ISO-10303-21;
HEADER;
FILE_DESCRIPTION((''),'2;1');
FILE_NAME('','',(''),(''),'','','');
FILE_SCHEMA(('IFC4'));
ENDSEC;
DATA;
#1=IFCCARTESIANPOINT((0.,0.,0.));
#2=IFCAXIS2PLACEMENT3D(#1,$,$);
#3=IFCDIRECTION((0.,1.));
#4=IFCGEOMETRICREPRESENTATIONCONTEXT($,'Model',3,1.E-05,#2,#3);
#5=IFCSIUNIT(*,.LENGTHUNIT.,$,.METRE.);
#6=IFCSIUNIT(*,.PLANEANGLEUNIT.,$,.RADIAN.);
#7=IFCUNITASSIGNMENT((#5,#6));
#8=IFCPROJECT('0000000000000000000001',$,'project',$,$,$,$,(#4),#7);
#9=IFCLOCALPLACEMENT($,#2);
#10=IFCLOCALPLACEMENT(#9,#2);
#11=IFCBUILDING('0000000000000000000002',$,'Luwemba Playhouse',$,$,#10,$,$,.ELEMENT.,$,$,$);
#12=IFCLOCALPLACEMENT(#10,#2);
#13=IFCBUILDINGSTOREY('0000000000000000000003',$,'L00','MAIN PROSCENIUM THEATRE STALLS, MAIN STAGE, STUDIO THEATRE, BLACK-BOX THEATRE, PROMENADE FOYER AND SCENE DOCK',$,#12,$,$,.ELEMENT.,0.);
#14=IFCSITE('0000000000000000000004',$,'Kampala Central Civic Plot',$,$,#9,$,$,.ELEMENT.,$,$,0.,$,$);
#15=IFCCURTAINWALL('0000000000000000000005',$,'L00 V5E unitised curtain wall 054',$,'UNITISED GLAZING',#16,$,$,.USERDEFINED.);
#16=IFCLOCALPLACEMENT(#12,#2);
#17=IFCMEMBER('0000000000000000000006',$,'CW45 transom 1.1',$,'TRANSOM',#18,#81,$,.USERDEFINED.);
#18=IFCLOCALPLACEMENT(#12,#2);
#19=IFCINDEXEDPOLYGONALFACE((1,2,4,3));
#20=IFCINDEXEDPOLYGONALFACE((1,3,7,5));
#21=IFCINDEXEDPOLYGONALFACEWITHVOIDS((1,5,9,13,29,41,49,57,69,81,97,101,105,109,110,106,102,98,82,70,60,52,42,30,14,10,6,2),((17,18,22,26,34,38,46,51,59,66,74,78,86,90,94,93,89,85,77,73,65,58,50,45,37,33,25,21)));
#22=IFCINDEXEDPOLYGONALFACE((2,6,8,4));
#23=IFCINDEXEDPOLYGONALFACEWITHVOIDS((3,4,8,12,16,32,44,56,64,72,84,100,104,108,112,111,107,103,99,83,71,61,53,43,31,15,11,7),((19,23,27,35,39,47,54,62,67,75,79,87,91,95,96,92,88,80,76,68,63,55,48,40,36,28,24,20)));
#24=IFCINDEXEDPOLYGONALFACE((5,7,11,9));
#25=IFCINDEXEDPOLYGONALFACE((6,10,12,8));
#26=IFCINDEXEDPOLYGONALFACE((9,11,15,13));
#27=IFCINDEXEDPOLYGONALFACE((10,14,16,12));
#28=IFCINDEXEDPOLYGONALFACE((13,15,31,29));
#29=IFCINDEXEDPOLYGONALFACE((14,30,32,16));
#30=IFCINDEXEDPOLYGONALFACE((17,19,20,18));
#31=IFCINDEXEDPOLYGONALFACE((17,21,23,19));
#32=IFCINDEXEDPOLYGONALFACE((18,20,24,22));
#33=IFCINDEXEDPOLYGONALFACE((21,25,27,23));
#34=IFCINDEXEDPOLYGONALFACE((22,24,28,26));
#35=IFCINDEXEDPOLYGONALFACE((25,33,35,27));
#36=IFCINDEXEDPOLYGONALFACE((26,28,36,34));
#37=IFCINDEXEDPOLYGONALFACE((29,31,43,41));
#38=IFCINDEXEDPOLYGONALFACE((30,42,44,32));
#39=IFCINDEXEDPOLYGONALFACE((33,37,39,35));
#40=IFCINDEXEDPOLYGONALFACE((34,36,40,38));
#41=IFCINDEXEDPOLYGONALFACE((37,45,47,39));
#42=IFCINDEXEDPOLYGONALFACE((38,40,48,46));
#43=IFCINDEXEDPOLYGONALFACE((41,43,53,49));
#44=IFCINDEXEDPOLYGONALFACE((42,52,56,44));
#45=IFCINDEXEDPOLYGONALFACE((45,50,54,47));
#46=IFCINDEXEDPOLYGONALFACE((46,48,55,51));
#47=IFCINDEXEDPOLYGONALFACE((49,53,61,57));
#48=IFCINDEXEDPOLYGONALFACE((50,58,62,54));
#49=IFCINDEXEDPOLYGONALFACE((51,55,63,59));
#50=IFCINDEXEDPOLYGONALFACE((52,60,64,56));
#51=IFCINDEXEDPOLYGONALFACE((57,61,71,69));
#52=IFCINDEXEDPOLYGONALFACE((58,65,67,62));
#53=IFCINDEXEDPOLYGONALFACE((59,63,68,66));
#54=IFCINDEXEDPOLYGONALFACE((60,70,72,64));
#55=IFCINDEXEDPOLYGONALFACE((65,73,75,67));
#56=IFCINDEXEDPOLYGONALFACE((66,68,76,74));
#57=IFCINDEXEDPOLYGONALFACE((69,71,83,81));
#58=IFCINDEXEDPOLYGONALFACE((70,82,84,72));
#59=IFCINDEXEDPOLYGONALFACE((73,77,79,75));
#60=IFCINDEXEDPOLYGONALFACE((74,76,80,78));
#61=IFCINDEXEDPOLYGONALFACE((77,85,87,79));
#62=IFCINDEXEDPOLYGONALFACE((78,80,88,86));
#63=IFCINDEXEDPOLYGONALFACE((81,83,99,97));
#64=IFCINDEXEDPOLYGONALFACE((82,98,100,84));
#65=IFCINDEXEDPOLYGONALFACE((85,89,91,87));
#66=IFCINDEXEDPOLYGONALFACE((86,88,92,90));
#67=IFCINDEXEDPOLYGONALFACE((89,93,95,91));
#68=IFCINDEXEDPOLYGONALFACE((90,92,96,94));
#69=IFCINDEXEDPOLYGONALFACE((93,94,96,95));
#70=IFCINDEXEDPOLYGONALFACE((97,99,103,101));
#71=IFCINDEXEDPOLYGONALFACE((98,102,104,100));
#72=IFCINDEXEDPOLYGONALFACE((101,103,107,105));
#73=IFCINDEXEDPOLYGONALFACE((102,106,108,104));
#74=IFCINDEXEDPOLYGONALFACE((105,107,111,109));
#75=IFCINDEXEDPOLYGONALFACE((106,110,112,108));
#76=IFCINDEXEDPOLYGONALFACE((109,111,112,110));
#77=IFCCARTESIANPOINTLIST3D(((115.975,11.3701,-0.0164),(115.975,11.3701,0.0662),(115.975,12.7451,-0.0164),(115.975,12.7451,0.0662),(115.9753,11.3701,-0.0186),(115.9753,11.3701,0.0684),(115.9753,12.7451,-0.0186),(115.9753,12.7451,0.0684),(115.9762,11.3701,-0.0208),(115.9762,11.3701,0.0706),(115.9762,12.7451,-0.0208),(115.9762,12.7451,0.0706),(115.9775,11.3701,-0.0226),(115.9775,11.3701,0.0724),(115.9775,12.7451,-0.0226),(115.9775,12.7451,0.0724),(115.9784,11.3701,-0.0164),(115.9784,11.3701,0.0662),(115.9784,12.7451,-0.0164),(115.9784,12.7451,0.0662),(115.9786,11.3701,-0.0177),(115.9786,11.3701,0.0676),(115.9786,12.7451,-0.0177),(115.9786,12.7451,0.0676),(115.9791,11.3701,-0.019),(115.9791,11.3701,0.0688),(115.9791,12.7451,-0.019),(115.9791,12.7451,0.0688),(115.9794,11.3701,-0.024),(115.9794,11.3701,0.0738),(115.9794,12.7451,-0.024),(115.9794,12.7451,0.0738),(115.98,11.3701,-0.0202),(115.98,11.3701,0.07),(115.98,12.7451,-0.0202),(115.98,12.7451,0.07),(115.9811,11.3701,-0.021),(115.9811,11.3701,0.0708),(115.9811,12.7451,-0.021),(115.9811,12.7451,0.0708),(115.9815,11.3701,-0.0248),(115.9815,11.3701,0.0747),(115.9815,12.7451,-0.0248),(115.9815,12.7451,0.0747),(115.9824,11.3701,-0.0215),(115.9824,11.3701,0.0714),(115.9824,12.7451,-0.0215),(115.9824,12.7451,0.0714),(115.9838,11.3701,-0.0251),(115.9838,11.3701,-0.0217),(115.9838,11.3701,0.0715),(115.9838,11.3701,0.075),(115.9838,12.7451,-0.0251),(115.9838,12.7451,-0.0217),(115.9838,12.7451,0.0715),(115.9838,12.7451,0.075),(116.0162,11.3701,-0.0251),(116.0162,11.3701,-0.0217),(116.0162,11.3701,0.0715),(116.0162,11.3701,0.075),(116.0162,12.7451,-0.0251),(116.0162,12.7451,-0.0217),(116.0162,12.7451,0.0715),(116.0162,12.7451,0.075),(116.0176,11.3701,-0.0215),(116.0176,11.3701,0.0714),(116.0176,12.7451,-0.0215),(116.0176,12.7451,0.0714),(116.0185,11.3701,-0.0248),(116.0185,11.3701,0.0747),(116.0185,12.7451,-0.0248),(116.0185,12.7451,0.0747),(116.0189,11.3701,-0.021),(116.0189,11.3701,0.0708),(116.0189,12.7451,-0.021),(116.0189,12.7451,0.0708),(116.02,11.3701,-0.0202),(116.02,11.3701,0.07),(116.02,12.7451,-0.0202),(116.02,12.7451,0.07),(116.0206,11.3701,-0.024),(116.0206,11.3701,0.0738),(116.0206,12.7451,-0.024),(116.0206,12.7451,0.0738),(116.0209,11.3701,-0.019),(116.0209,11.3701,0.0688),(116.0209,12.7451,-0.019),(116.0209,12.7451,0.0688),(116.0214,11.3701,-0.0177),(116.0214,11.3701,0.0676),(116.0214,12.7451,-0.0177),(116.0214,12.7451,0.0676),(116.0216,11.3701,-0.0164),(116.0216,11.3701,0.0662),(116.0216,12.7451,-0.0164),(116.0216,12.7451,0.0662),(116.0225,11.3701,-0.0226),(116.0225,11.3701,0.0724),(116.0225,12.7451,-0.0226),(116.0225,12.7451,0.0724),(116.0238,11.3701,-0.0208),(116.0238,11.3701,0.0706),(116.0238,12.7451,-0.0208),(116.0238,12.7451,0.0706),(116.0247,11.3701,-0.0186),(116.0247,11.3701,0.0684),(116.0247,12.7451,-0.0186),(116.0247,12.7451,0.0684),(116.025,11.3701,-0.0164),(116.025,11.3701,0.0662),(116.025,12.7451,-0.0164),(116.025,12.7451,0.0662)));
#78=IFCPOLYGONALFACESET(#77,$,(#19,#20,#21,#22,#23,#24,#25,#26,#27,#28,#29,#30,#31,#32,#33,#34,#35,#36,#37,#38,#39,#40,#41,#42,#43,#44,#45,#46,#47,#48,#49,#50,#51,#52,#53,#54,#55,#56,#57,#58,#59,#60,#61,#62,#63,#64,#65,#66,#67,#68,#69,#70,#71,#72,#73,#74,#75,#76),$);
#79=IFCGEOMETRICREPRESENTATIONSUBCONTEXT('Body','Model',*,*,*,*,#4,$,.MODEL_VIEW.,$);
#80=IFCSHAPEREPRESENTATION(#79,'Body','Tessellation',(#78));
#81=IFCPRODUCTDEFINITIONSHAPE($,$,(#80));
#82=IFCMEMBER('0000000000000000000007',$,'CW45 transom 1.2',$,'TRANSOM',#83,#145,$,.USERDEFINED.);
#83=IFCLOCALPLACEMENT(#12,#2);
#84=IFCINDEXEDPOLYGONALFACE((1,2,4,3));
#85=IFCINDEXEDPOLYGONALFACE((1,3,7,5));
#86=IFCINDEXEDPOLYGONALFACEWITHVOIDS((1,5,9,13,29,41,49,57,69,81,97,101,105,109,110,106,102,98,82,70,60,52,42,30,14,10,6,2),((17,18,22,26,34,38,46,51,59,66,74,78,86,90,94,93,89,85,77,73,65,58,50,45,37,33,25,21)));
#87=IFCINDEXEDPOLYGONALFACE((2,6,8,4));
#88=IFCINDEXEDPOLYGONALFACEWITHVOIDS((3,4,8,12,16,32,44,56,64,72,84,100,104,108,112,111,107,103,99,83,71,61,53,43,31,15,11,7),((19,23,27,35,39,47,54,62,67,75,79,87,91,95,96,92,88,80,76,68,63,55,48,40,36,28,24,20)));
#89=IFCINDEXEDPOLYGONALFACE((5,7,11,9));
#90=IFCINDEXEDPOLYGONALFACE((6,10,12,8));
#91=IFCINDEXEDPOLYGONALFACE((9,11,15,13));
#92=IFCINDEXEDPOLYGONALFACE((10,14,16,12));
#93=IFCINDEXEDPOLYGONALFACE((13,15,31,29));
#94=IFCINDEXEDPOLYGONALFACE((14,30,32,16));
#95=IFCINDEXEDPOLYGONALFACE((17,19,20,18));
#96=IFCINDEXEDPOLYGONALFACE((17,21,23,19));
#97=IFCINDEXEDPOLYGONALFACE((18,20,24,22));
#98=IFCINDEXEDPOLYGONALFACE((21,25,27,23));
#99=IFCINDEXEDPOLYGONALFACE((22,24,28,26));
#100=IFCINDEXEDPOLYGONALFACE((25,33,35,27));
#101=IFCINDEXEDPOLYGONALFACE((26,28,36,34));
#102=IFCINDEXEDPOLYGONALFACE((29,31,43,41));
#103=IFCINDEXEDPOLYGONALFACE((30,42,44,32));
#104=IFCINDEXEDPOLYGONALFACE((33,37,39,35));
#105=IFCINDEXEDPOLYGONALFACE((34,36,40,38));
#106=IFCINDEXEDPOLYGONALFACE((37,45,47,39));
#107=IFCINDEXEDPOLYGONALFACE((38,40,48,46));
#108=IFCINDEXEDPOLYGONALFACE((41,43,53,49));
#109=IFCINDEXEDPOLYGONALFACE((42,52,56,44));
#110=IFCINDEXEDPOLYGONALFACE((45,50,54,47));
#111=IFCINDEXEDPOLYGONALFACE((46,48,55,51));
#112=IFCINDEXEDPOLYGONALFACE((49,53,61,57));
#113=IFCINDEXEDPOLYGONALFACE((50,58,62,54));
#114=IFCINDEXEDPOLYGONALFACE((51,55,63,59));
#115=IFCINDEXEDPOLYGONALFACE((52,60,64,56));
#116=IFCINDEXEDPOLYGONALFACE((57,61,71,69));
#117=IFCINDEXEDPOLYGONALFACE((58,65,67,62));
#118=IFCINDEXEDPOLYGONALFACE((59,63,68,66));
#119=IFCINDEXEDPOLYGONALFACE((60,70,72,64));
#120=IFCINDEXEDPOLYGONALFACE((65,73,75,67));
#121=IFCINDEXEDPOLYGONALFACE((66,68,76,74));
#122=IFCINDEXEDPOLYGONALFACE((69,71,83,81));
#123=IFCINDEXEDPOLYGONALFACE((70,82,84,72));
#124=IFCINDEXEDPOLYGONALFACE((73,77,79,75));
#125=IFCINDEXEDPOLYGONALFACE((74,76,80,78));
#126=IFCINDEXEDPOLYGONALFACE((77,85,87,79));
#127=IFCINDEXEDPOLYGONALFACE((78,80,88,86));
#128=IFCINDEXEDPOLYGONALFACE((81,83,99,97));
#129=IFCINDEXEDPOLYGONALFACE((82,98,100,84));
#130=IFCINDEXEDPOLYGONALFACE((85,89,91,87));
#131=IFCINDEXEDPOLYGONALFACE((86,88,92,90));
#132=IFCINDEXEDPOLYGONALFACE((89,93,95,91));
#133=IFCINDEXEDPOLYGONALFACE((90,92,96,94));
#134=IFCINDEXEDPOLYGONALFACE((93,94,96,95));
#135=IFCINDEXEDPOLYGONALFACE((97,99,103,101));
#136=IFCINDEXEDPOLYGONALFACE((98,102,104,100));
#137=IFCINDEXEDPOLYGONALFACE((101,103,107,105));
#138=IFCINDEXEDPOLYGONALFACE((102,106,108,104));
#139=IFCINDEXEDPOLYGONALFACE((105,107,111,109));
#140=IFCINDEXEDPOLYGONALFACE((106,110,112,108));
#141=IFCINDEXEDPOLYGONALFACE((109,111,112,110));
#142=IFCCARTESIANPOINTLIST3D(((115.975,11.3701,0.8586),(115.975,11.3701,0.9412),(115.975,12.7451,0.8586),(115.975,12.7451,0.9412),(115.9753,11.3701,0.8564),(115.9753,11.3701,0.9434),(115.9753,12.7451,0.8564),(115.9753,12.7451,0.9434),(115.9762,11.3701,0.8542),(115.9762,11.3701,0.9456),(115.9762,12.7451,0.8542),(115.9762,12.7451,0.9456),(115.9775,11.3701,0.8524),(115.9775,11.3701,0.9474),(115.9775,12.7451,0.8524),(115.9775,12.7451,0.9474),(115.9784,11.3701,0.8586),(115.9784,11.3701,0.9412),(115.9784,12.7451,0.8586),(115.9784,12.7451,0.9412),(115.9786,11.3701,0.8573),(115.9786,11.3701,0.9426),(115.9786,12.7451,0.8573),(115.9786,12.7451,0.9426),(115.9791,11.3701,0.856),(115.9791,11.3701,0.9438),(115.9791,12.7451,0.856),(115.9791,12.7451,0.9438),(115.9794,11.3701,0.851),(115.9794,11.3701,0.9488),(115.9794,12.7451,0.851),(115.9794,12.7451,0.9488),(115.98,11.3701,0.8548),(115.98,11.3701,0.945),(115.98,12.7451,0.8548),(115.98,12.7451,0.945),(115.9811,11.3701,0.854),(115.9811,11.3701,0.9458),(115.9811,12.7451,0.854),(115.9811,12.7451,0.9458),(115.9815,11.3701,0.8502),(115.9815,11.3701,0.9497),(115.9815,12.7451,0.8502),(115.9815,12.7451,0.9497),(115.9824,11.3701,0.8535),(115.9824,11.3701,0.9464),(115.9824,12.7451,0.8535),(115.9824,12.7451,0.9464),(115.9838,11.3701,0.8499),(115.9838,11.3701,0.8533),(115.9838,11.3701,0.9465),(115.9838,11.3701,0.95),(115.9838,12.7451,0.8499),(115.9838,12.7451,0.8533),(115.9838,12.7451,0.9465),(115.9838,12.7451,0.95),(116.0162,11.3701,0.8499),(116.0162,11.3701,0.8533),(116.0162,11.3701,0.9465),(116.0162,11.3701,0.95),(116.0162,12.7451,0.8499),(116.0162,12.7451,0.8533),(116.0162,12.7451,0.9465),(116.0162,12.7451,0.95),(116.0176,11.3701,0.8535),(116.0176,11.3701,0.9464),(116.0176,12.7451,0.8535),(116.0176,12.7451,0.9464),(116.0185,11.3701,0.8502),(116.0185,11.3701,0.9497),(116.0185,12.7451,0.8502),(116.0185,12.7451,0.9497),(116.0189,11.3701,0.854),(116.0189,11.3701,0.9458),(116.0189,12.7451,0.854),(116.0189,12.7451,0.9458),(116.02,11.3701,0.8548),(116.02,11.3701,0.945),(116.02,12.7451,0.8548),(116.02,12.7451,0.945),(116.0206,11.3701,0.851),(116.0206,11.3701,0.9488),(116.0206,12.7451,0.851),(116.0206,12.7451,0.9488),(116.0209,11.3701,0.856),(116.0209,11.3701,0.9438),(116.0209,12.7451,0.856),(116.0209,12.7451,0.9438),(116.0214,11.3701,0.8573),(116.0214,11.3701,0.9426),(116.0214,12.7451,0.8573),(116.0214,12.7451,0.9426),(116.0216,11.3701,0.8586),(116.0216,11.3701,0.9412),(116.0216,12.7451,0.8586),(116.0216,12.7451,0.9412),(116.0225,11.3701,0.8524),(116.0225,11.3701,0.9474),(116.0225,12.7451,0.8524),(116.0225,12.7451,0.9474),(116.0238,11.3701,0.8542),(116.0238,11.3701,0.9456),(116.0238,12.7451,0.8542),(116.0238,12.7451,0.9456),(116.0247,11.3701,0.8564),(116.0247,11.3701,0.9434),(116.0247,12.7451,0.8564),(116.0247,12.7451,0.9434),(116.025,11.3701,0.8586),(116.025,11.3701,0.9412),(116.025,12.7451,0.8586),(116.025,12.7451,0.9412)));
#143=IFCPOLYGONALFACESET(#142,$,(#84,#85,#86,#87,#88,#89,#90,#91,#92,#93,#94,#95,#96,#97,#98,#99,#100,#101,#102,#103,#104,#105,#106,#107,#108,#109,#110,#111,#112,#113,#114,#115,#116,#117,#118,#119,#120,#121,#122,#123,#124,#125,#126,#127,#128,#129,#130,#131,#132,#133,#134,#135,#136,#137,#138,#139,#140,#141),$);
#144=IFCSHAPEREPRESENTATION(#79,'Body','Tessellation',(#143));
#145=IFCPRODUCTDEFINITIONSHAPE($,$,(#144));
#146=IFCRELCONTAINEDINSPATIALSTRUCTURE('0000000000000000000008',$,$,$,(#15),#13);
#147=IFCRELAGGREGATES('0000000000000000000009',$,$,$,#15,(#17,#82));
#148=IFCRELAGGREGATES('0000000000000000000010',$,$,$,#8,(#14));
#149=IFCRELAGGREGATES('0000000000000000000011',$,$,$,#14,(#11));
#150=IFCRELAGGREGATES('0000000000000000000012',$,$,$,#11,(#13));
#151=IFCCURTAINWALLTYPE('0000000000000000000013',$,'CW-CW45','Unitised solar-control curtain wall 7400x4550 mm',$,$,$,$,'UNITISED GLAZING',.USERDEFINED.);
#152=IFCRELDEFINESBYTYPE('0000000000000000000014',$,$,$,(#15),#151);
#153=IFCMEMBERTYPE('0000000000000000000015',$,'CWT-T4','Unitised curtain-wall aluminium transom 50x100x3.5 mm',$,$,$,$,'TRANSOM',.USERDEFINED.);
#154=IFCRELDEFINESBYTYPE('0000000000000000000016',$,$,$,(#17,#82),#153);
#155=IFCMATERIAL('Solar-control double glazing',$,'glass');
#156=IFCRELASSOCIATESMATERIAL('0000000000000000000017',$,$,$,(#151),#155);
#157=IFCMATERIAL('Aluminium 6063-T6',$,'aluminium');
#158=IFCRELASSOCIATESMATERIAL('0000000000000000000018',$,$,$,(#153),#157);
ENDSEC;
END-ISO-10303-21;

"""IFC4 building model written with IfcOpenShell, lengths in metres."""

from ifc_helpers import new_model, si_unit, direction, frame, origin, origin_2d, place, context, subcontext, project, spatial, hollow_rectangle, extrude, material, material_profile, profile_set, type_object, element, aggregate, save


model = new_model("IFC4")

# Units and contexts
model_context = context("Model", 3, precision=1e-05, world=origin(), true_north=direction((0.0, 1.0)))
body_context = subcontext(model_context, "Body", "Model", "MODEL_VIEW")
ifc_project = project(units=[si_unit("LENGTHUNIT", "METRE"), si_unit("PLANEANGLEUNIT", "RADIAN")], contexts=[model_context])

# Site, building, storey
site_placement = place(None, origin())
site = spatial("IfcSite", under=ifc_project, at=site_placement, Name="Kampala Central Civic Plot", CompositionType="ELEMENT", RefElevation=0.0)
building_placement = place(site_placement, origin())
building = spatial("IfcBuilding", under=site, at=building_placement, Name="Luwemba Playhouse", CompositionType="ELEMENT")
storey_placement = place(building_placement, origin())
storey = spatial("IfcBuildingStorey", under=building, at=storey_placement, Name="L00", Description="MAIN PROSCENIUM THEATRE STALLS, MAIN STAGE, STUDIO THEATRE, BLACK-BOX THEATRE, PROMENADE FOYER AND SCENE DOCK", CompositionType="ELEMENT", Elevation=0.0)

# Curtain wall, members
ifc_material_1 = material(Name="Solar-control double glazing", Category="glass")
curtain_wall_type = type_object("IfcCurtainWallType", Name="CW-CW45", Description="Unitised solar-control curtain wall 7400x4550 mm", ElementType="UNITISED GLAZING", PredefinedType="USERDEFINED", material=ifc_material_1)
curtain_wall_placement = place(storey_placement, origin())
curtain_wall = element("IfcCurtainWall", 1, at=curtain_wall_placement, inside=storey, type_object=curtain_wall_type, Name="L00 V5E unitised curtain wall 054", ObjectType="UNITISED GLAZING", PredefinedType="USERDEFINED")
ifc_material_2 = material(Name="Aluminium 6063-T6", Category="aluminium")
ifc_material_profile_1 = material_profile(ifc_material_2, hollow_rectangle(XDim=0.05, YDim=0.1001, WallThickness=0.0034, InnerFilletRadius=0.0054, OuterFilletRadius=0.0088, at=origin_2d()))
ifc_profile_set_1 = profile_set([ifc_material_profile_1], Name="Aluminium 6063-T6")
member_type = type_object("IfcMemberType", Name="CWT-T4", Description="Unitised curtain-wall aluminium transom 50x100x3.5 mm", ElementType="TRANSOM", PredefinedType="USERDEFINED", material=ifc_profile_set_1)
member_1_placement = place(storey_placement, frame((116.0, 11.3701, 0.0249), z_axis=(0.0, 1.0, 0.0), x_axis=(-1.0, 0.0, 0.0)))
member_1 = element("IfcMember", 2, at=member_1_placement, type_object=member_type, Name="CW45 transom 1.1", ObjectType="TRANSOM", PredefinedType="USERDEFINED", context=body_context, shape_type="SweptSolid", body=[
    extrude(hollow_rectangle(XDim=0.05, YDim=0.1001, WallThickness=0.0034, InnerFilletRadius=0.0054, OuterFilletRadius=0.0088, at=origin_2d()), origin(), (0.0, 0.0, 1.0), 1.375),
])
member_2_placement = place(storey_placement, frame((116.0, 11.3701, 0.8999), z_axis=(0.0, 1.0, 0.0), x_axis=(-1.0, 0.0, 0.0)))
member_2 = element("IfcMember", 3, at=member_2_placement, type_object=member_type, Name="CW45 transom 1.2", ObjectType="TRANSOM", PredefinedType="USERDEFINED", context=body_context, shape_type="SweptSolid", body=[
    extrude(hollow_rectangle(XDim=0.05, YDim=0.1001, WallThickness=0.0034, InnerFilletRadius=0.0054, OuterFilletRadius=0.0088, at=origin_2d()), origin(), (0.0, 0.0, 1.0), 1.375),
])
aggregate(curtain_wall, [member_1, member_2])

save(model, "model.ifc")
